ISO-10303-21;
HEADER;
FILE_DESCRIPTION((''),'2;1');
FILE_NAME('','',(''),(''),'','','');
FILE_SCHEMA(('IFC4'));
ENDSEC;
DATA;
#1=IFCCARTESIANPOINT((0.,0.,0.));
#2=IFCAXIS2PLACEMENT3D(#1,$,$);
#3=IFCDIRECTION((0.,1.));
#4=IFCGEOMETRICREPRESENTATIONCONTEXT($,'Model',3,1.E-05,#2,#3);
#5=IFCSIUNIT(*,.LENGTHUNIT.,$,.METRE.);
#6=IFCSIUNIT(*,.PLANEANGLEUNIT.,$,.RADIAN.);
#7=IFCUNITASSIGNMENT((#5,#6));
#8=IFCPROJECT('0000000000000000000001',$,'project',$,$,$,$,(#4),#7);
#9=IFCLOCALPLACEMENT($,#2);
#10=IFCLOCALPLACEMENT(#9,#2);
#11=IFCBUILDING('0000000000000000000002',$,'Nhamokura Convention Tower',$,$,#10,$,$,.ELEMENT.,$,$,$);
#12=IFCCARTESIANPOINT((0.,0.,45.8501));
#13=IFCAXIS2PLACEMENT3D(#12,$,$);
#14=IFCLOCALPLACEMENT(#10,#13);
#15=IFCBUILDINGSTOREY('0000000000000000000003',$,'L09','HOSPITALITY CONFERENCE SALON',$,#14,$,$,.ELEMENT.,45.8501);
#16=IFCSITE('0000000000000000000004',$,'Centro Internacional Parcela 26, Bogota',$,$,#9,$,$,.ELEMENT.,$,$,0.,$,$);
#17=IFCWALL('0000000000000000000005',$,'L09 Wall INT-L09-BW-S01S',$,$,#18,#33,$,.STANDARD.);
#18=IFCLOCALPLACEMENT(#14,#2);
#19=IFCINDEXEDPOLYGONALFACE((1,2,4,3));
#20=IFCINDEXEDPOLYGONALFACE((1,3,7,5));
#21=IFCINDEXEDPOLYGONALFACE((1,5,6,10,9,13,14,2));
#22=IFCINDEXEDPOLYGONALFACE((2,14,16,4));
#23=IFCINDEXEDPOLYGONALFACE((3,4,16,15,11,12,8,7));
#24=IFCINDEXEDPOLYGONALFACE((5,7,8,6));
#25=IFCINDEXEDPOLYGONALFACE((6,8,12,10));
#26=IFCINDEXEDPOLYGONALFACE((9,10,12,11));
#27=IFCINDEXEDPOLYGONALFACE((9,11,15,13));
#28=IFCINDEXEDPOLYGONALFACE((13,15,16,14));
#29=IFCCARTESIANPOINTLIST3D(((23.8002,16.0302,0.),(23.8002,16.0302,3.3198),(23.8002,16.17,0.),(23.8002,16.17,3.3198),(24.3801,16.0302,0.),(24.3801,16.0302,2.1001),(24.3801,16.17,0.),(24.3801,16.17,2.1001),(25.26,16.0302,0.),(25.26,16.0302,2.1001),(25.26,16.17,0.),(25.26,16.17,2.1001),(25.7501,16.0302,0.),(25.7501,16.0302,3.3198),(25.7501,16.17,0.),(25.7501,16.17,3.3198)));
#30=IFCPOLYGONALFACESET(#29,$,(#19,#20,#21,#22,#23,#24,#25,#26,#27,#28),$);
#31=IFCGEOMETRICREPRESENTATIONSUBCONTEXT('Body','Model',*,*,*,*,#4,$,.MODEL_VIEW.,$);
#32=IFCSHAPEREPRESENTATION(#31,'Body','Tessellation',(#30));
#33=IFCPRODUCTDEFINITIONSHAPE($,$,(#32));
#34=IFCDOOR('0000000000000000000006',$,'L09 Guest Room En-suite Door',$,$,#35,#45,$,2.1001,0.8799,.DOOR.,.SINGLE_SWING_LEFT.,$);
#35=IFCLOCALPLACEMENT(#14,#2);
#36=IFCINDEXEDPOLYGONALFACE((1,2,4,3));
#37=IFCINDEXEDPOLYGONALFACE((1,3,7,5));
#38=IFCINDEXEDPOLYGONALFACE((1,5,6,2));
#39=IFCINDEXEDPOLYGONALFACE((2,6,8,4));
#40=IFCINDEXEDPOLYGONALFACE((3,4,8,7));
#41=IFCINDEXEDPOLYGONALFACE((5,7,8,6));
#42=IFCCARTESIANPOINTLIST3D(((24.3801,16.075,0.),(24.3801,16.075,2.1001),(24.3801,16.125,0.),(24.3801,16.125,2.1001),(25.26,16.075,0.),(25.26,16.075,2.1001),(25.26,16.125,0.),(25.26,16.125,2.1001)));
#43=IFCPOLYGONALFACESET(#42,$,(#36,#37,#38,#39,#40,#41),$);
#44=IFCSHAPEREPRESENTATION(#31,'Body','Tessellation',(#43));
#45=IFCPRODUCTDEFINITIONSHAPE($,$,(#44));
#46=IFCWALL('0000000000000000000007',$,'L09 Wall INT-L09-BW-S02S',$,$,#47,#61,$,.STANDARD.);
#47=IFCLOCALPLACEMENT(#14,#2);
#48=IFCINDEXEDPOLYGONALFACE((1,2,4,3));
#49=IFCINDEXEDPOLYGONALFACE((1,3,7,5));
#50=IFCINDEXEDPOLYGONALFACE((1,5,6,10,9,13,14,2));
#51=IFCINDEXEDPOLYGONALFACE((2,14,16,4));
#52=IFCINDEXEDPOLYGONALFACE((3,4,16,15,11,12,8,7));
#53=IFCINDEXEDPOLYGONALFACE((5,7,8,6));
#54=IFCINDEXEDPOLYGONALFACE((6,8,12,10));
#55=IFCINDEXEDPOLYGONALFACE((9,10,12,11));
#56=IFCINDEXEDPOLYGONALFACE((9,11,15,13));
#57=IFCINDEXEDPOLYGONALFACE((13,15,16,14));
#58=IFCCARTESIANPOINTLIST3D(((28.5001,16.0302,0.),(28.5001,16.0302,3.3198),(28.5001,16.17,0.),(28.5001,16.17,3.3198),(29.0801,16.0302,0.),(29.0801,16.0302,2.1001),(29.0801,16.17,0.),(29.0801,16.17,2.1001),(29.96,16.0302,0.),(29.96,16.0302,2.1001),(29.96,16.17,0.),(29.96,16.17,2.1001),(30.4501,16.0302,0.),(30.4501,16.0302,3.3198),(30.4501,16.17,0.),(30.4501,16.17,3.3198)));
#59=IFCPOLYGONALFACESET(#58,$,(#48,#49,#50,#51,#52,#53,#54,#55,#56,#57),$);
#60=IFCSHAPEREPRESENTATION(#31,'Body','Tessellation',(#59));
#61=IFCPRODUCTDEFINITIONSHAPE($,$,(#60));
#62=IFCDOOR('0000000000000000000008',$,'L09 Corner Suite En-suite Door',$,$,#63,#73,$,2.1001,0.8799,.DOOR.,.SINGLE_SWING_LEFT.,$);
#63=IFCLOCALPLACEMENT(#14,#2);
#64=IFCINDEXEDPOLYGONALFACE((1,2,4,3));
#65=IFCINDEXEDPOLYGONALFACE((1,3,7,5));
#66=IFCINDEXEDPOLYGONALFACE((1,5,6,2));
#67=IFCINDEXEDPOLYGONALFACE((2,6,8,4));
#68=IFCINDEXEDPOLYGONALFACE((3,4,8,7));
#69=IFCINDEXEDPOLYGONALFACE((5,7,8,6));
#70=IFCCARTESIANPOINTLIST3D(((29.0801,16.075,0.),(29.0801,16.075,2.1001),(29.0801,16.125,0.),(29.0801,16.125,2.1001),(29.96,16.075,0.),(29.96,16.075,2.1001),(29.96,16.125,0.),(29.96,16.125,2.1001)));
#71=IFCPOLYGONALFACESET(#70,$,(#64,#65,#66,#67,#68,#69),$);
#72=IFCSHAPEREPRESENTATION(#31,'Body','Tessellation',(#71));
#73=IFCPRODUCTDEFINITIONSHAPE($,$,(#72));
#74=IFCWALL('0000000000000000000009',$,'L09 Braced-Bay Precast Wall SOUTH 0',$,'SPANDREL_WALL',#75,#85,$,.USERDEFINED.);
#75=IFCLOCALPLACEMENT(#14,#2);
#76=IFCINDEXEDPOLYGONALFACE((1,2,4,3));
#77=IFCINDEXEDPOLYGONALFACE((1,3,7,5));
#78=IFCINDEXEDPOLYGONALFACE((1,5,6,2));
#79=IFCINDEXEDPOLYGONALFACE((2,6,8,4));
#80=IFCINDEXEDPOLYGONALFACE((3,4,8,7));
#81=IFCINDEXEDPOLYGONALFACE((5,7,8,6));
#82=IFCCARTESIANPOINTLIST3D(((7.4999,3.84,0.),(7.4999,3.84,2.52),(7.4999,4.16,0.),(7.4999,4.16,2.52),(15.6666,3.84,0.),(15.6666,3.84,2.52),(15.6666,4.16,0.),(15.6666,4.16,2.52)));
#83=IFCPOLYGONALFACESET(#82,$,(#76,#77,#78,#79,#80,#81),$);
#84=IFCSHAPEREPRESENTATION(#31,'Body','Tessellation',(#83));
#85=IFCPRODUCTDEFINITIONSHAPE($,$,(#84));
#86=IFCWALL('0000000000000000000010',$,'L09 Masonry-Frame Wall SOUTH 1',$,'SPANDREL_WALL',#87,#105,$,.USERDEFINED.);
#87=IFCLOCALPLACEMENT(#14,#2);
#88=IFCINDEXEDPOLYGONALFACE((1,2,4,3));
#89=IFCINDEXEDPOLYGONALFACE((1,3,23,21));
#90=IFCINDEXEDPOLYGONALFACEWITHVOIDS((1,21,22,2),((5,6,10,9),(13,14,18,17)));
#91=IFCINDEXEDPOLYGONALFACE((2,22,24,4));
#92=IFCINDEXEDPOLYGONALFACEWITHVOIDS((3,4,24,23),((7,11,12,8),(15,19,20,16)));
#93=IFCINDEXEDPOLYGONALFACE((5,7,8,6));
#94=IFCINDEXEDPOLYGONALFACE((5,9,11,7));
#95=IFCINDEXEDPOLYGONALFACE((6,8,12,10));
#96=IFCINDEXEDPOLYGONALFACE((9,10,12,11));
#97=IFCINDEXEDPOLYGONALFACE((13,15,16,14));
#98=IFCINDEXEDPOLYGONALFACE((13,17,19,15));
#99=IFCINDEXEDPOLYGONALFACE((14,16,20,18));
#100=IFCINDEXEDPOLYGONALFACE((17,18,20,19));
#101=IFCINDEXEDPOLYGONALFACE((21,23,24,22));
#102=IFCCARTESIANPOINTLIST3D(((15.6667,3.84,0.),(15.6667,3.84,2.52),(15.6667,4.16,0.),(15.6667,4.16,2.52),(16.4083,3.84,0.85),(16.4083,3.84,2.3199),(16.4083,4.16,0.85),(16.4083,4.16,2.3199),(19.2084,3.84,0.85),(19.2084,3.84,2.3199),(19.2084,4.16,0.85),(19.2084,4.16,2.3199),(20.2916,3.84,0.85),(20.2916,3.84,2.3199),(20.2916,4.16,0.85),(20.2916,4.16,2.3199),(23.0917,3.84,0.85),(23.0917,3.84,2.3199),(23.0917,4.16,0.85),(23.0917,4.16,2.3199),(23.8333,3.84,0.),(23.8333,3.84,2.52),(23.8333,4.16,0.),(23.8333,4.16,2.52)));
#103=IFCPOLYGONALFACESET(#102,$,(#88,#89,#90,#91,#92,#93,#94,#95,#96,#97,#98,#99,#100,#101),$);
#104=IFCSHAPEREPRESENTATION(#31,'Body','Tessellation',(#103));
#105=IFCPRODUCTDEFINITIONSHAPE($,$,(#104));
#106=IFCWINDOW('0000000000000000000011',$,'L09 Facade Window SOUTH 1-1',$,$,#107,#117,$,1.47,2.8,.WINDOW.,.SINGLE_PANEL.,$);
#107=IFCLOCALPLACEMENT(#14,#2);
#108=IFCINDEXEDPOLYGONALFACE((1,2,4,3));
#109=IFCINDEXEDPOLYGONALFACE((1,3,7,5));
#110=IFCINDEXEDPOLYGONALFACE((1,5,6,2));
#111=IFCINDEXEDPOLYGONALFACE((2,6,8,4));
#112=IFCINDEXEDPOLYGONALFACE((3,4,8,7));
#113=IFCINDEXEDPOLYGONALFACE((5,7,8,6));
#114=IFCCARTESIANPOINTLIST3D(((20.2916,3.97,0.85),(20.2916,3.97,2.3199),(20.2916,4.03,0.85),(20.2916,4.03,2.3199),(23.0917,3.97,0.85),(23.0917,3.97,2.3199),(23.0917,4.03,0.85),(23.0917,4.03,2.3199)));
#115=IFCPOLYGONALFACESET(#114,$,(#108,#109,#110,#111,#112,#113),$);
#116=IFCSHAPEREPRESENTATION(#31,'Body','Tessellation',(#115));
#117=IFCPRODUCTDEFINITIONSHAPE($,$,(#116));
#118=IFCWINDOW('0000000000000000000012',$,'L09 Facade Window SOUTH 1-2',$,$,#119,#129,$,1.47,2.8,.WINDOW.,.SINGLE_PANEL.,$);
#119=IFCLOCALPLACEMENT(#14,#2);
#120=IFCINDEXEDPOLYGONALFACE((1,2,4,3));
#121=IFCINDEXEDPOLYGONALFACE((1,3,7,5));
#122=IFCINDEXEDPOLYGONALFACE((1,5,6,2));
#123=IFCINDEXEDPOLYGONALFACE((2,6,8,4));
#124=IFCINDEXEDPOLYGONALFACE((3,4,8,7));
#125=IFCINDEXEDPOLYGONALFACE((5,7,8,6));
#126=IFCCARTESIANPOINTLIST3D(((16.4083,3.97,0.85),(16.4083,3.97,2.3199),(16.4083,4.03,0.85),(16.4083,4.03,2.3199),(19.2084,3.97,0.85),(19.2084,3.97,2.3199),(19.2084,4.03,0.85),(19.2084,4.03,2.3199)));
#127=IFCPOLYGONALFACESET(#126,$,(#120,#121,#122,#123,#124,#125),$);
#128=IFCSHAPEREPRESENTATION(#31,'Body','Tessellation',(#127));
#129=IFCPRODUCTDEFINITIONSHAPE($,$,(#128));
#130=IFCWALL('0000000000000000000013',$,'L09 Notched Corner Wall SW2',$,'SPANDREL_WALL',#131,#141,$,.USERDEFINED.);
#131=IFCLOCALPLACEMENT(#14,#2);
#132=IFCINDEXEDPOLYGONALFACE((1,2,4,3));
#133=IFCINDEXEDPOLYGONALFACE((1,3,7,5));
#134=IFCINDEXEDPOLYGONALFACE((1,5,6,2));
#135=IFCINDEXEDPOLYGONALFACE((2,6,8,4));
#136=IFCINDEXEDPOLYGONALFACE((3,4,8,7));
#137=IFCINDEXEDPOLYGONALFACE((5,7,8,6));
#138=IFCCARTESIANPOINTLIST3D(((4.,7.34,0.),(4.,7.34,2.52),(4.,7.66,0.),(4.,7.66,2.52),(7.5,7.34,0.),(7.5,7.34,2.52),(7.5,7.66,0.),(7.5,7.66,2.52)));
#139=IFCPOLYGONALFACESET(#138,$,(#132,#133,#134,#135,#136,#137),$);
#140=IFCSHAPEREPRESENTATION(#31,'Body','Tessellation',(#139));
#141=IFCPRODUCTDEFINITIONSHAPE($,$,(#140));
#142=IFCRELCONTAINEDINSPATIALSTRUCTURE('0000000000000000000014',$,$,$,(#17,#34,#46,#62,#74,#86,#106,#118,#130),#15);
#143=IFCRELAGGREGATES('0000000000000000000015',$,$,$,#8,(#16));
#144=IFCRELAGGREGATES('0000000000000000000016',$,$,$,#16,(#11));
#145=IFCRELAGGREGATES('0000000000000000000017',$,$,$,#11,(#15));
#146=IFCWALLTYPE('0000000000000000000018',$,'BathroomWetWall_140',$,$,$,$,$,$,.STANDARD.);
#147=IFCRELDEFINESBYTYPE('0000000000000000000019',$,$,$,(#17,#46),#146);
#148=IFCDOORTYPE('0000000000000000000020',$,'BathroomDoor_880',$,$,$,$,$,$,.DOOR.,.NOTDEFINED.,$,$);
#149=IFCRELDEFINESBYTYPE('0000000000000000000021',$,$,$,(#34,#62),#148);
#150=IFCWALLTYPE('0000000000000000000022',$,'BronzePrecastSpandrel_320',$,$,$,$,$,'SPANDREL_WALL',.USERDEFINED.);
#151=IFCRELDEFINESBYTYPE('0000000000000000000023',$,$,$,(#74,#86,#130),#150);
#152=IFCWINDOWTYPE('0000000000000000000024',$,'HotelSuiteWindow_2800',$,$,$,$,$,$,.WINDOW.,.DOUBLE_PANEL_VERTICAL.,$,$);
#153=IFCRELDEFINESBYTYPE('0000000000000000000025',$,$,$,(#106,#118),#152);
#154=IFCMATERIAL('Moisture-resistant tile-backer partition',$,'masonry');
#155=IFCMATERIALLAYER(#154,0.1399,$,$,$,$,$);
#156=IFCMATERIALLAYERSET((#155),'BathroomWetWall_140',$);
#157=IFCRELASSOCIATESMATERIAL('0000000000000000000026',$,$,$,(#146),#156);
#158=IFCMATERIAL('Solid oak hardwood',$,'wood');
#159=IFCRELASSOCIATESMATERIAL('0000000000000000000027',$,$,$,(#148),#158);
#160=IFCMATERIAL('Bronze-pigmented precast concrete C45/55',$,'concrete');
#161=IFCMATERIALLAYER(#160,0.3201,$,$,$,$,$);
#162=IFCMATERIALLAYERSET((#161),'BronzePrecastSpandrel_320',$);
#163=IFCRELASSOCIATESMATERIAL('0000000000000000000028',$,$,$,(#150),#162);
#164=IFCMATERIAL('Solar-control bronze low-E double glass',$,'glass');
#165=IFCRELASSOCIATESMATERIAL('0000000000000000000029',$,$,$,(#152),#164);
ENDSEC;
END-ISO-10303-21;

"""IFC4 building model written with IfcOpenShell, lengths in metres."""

from ifc_helpers import new_model, si_unit, direction, frame, frame_2d, origin, place, context, subcontext, project, spatial, rectangle, extrude, material, layer, layer_set, type_object, element, fill, save


model = new_model("IFC4")

# Units and contexts
model_context = context("Model", 3, precision=1e-05, world=origin(), true_north=direction((0.0, 1.0)))
body_context = subcontext(model_context, "Body", "Model", "MODEL_VIEW")
ifc_project = project(units=[si_unit("LENGTHUNIT", "METRE"), si_unit("PLANEANGLEUNIT", "RADIAN")], contexts=[model_context])

# Site, building, storey
site_placement = place(None, origin())
site = spatial("IfcSite", under=ifc_project, at=site_placement, Name="Centro Internacional Parcela 26, Bogota", CompositionType="ELEMENT", RefElevation=0.0)
building_placement = place(site_placement, origin())
building = spatial("IfcBuilding", under=site, at=building_placement, Name="Nhamokura Convention Tower", CompositionType="ELEMENT")
storey_placement = place(building_placement, frame((0.0, 0.0, 45.8501)))
storey = spatial("IfcBuildingStorey", under=building, at=storey_placement, Name="L09", Description="HOSPITALITY CONFERENCE SALON", CompositionType="ELEMENT", Elevation=45.8501)

# Shared definitions
ifc_material_1 = material(Name="Moisture-resistant tile-backer partition", Category="masonry")
ifc_layer_1 = layer(ifc_material_1, 0.1399)
ifc_layer_set_1 = layer_set([ifc_layer_1], Name="BathroomWetWall_140")
wall_type_1 = type_object("IfcWallType", Name="BathroomWetWall_140", PredefinedType="STANDARD", material=ifc_layer_set_1)

# Walls, openings, doors
wall_1_placement = place(storey_placement, frame((23.8, 16.1001, 0.0), z_axis=(0.0, 0.0, 1.0), x_axis=(1.0, 0.0, 0.0)))
wall_1 = element("IfcWall", 1, at=wall_1_placement, inside=storey, type_object=wall_type_1, Name="L09 Wall INT-L09-BW-S01S", PredefinedType="STANDARD", context=body_context, shape_type="SweptSolid", body=[
    extrude(rectangle(XDim=1.95, YDim=0.1399, at=frame_2d((0.9751, 0.0))), origin(), (0.0, 0.0, 1.0), 3.3198),
])
opening_1_placement = place(wall_1_placement, frame((0.5801, 0.0, 0.0)))
opening_1 = element("IfcOpeningElement", 2, at=opening_1_placement, cuts=wall_1, PredefinedType="OPENING", context=body_context, shape_type="SweptSolid", body=[
    extrude(rectangle(XDim=0.8799, YDim=2.1001, at=frame_2d((0.4399, 1.05))), frame((0.0, 0.0798, 0.0), z_axis=(0.0, -1.0, 0.0), x_axis=(1.0, 0.0, 0.0)), (0.0, 0.0, 1.0), 0.1599),
])
ifc_material_2 = material(Name="Solid oak hardwood", Category="wood")
door_type_1 = type_object("IfcDoorType", Name="BathroomDoor_880", OperationType="NOTDEFINED", PredefinedType="DOOR", material=ifc_material_2)
door_1_placement = place(opening_1_placement, origin())
door_1 = element("IfcDoor", 3, at=door_1_placement, inside=storey, type_object=door_type_1, Name="L09 Guest Room En-suite Door", OperationType="SINGLE_SWING_LEFT", OverallHeight=2.1001, OverallWidth=0.8799, PredefinedType="DOOR", context=body_context, shape_type="SweptSolid", body=[
    extrude(rectangle(XDim=0.8799, YDim=2.1001, at=frame_2d((0.4399, 1.05))), frame((0.0, 0.0249, 0.0), z_axis=(0.0, -1.0, 0.0), x_axis=(1.0, 0.0, 0.0)), (0.0, 0.0, 1.0), 0.05),
])
fill(opening_1, door_1)
wall_2_placement = place(storey_placement, frame((28.5, 16.1001, 0.0), z_axis=(0.0, 0.0, 1.0), x_axis=(1.0, 0.0, 0.0)))
wall_2 = element("IfcWall", 4, at=wall_2_placement, inside=storey, type_object=wall_type_1, Name="L09 Wall INT-L09-BW-S02S", PredefinedType="STANDARD", context=body_context, shape_type="SweptSolid", body=[
    extrude(rectangle(XDim=1.95, YDim=0.1399, at=frame_2d((0.9751, 0.0))), origin(), (0.0, 0.0, 1.0), 3.3198),
])
opening_2_placement = place(wall_2_placement, frame((0.5801, 0.0, 0.0)))
opening_2 = element("IfcOpeningElement", 5, at=opening_2_placement, cuts=wall_2, PredefinedType="OPENING", context=body_context, shape_type="SweptSolid", body=[
    extrude(rectangle(XDim=0.8799, YDim=2.1001, at=frame_2d((0.4399, 1.05))), frame((0.0, 0.0798, 0.0), z_axis=(0.0, -1.0, 0.0), x_axis=(1.0, 0.0, 0.0)), (0.0, 0.0, 1.0), 0.1599),
])
door_2_placement = place(opening_2_placement, origin())
door_2 = element("IfcDoor", 6, at=door_2_placement, inside=storey, type_object=door_type_1, Name="L09 Corner Suite En-suite Door", OperationType="SINGLE_SWING_LEFT", OverallHeight=2.1001, OverallWidth=0.8799, PredefinedType="DOOR", context=body_context, shape_type="SweptSolid", body=[
    extrude(rectangle(XDim=0.8799, YDim=2.1001, at=frame_2d((0.4399, 1.05))), frame((0.0, 0.0249, 0.0), z_axis=(0.0, -1.0, 0.0), x_axis=(1.0, 0.0, 0.0)), (0.0, 0.0, 1.0), 0.05),
])
fill(opening_2, door_2)

# Wall
ifc_material_3 = material(Name="Bronze-pigmented precast concrete C45/55", Category="concrete")
ifc_layer_2 = layer(ifc_material_3, 0.3201)
ifc_layer_set_2 = layer_set([ifc_layer_2], Name="BronzePrecastSpandrel_320")
wall_type_2 = type_object("IfcWallType", Name="BronzePrecastSpandrel_320", ElementType="SPANDREL_WALL", PredefinedType="USERDEFINED", material=ifc_layer_set_2)
wall_3_placement = place(storey_placement, frame((15.6667, 4.0, 0.0), z_axis=(0.0, 0.0, 1.0), x_axis=(-1.0, 0.0, 0.0)))
element("IfcWall", 7, at=wall_3_placement, inside=storey, type_object=wall_type_2, Name="L09 Braced-Bay Precast Wall SOUTH 0", ObjectType="SPANDREL_WALL", PredefinedType="USERDEFINED", context=body_context, shape_type="SweptSolid", body=[
    extrude(rectangle(XDim=8.1667, YDim=0.3201, at=frame_2d((4.0835, 0.0))), origin(), (0.0, 0.0, 1.0), 2.52),
])

# Wall, openings, windows
wall_4_placement = place(storey_placement, frame((23.8333, 4.0, 0.0), z_axis=(0.0, 0.0, 1.0), x_axis=(-1.0, 0.0, 0.0)))
wall_4 = element("IfcWall", 8, at=wall_4_placement, inside=storey, type_object=wall_type_2, Name="L09 Masonry-Frame Wall SOUTH 1", ObjectType="SPANDREL_WALL", PredefinedType="USERDEFINED", context=body_context, shape_type="SweptSolid", body=[
    extrude(rectangle(XDim=8.1665, YDim=0.3201, at=frame_2d((4.0833, 0.0))), origin(), (0.0, 0.0, 1.0), 2.52),
])
opening_3_placement = place(wall_4_placement, frame((0.7417, 0.0, 0.8501)))
opening_3 = element("IfcOpeningElement", 9, at=opening_3_placement, cuts=wall_4, PredefinedType="OPENING", context=body_context, shape_type="SweptSolid", body=[
    extrude(rectangle(XDim=2.8, YDim=1.47, at=frame_2d((1.3999, 0.7349))), frame((0.0, 0.1699, 0.0), z_axis=(0.0, -1.0, 0.0), x_axis=(1.0, 0.0, 0.0)), (0.0, 0.0, 1.0), 0.3401),
])
opening_4_placement = place(wall_4_placement, frame((4.625, 0.0, 0.8501)))
opening_4 = element("IfcOpeningElement", 10, at=opening_4_placement, cuts=wall_4, PredefinedType="OPENING", context=body_context, shape_type="SweptSolid", body=[
    extrude(rectangle(XDim=2.8, YDim=1.47, at=frame_2d((1.3999, 0.7349))), frame((0.0, 0.1699, 0.0), z_axis=(0.0, -1.0, 0.0), x_axis=(1.0, 0.0, 0.0)), (0.0, 0.0, 1.0), 0.3401),
])
ifc_material_4 = material(Name="Solar-control bronze low-E double glass", Category="glass")
window_type = type_object("IfcWindowType", Name="HotelSuiteWindow_2800", PartitioningType="DOUBLE_PANEL_VERTICAL", PredefinedType="WINDOW", material=ifc_material_4)
window_1_placement = place(opening_3_placement, origin())
window_1 = element("IfcWindow", 11, at=window_1_placement, inside=storey, type_object=window_type, Name="L09 Facade Window SOUTH 1-1", OverallHeight=1.47, OverallWidth=2.8, PartitioningType="SINGLE_PANEL", PredefinedType="WINDOW", context=body_context, shape_type="SweptSolid", body=[
    extrude(rectangle(XDim=2.8, YDim=1.47, at=frame_2d((1.3999, 0.7349))), frame((0.0, 0.03, 0.0), z_axis=(0.0, -1.0, 0.0), x_axis=(1.0, 0.0, 0.0)), (0.0, 0.0, 1.0), 0.0601),
])
fill(opening_3, window_1)
window_2_placement = place(opening_4_placement, origin())
window_2 = element("IfcWindow", 12, at=window_2_placement, inside=storey, type_object=window_type, Name="L09 Facade Window SOUTH 1-2", OverallHeight=1.47, OverallWidth=2.8, PartitioningType="SINGLE_PANEL", PredefinedType="WINDOW", context=body_context, shape_type="SweptSolid", body=[
    extrude(rectangle(XDim=2.8, YDim=1.47, at=frame_2d((1.3999, 0.7349))), frame((0.0, 0.03, 0.0), z_axis=(0.0, -1.0, 0.0), x_axis=(1.0, 0.0, 0.0)), (0.0, 0.0, 1.0), 0.0601),
])
fill(opening_4, window_2)

# Wall
wall_5_placement = place(storey_placement, frame((7.5, 7.5, 0.0), z_axis=(0.0, 0.0, 1.0), x_axis=(-1.0, 0.0, 0.0)))
element("IfcWall", 13, at=wall_5_placement, inside=storey, type_object=wall_type_2, Name="L09 Notched Corner Wall SW2", ObjectType="SPANDREL_WALL", PredefinedType="USERDEFINED", context=body_context, shape_type="SweptSolid", body=[
    extrude(rectangle(XDim=3.5, YDim=0.3201, at=frame_2d((1.75, 0.0))), origin(), (0.0, 0.0, 1.0), 2.52),
])

save(model, "model.ifc")
